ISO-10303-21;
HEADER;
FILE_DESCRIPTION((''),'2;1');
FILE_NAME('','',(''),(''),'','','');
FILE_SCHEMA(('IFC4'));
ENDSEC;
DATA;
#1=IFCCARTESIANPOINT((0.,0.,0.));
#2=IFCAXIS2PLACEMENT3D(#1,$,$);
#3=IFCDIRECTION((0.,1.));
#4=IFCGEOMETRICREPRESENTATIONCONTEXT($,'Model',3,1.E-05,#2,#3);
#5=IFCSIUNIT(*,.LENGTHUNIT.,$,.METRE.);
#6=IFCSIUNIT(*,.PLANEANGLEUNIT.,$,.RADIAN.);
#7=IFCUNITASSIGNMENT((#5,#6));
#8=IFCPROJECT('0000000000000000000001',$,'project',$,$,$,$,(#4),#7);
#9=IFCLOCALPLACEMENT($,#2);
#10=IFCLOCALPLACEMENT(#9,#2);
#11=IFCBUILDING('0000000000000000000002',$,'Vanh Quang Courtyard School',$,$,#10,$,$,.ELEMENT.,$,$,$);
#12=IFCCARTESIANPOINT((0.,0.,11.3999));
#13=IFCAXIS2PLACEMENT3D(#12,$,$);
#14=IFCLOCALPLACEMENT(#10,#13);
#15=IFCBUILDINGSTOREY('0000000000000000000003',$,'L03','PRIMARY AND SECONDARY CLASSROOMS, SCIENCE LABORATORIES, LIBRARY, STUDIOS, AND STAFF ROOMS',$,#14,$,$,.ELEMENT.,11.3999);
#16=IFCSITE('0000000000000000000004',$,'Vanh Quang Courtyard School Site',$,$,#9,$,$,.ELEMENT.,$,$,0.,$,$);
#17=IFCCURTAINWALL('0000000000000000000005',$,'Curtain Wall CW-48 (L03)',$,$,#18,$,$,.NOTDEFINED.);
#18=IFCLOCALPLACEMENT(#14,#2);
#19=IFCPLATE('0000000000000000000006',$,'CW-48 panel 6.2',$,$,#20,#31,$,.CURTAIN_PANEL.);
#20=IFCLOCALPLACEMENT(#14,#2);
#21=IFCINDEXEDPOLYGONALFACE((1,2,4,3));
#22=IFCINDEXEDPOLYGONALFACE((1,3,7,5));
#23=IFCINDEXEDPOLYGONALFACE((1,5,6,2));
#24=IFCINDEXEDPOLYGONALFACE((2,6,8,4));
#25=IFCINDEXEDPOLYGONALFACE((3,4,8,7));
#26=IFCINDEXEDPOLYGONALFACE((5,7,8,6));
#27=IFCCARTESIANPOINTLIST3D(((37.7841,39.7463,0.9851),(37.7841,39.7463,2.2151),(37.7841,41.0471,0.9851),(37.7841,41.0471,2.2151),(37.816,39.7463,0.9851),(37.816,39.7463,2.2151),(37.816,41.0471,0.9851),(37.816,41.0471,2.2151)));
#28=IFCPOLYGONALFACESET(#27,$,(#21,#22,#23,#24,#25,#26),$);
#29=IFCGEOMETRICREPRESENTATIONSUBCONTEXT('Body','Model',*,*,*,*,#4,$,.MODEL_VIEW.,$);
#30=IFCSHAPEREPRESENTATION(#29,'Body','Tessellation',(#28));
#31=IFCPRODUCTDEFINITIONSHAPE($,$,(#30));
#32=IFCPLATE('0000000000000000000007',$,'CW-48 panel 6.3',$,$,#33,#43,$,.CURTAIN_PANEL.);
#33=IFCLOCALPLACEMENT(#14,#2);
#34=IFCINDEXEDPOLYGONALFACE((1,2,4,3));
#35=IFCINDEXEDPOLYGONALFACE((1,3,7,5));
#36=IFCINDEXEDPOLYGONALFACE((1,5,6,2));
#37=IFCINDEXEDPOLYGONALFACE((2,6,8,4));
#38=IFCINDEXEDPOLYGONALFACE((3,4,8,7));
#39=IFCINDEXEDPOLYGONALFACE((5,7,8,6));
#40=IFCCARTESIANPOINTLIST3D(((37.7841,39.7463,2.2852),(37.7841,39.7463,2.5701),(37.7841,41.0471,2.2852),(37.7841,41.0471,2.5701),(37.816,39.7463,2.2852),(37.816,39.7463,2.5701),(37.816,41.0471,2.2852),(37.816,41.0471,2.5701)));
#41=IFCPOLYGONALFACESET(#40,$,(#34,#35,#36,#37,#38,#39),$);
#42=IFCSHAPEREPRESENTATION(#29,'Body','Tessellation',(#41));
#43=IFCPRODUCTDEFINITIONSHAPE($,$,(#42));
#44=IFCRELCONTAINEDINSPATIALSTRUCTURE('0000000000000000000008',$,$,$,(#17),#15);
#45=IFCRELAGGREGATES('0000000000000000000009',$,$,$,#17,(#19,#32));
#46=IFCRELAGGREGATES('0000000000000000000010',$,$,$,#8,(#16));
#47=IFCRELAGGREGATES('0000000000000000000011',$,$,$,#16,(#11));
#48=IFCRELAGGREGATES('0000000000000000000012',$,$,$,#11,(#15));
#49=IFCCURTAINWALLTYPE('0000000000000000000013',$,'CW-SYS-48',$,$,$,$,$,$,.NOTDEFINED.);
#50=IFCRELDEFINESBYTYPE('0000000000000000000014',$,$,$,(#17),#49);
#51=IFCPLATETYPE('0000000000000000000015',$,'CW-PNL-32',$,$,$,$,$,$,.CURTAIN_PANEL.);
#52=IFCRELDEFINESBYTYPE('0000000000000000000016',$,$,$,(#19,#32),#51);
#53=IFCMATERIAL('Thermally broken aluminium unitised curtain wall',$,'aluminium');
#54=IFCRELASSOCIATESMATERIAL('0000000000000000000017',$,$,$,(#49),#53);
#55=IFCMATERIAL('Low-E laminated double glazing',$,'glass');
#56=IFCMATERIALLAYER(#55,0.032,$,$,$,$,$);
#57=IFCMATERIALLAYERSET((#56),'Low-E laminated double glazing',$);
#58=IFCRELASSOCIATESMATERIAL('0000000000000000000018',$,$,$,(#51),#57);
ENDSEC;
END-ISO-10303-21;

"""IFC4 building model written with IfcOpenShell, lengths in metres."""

from ifc_helpers import new_model, si_unit, direction, frame, origin, origin_2d, place, context, subcontext, project, spatial, rectangle, extrude, material, layer, layer_set, type_object, element, aggregate, save


model = new_model("IFC4")

# Units and contexts
model_context = context("Model", 3, precision=1e-05, world=origin(), true_north=direction((0.0, 1.0)))
body_context = subcontext(model_context, "Body", "Model", "MODEL_VIEW")
ifc_project = project(units=[si_unit("LENGTHUNIT", "METRE"), si_unit("PLANEANGLEUNIT", "RADIAN")], contexts=[model_context])

# Site, building, storey
site_placement = place(None, origin())
site = spatial("IfcSite", under=ifc_project, at=site_placement, Name="Vanh Quang Courtyard School Site", CompositionType="ELEMENT", RefElevation=0.0)
building_placement = place(site_placement, origin())
building = spatial("IfcBuilding", under=site, at=building_placement, Name="Vanh Quang Courtyard School", CompositionType="ELEMENT")
storey_placement = place(building_placement, frame((0.0, 0.0, 11.3999)))
storey = spatial("IfcBuildingStorey", under=building, at=storey_placement, Name="L03", Description="PRIMARY AND SECONDARY CLASSROOMS, SCIENCE LABORATORIES, LIBRARY, STUDIOS, AND STAFF ROOMS", CompositionType="ELEMENT", Elevation=11.3999)

# Curtain wall
ifc_material_1 = material(Name="Thermally broken aluminium unitised curtain wall", Category="aluminium")
curtain_wall_type = type_object("IfcCurtainWallType", Name="CW-SYS-48", PredefinedType="NOTDEFINED", material=ifc_material_1)
curtain_wall_placement = place(storey_placement, origin())
curtain_wall = element("IfcCurtainWall", 1, at=curtain_wall_placement, inside=storey, type_object=curtain_wall_type, Name="Curtain Wall CW-48 (L03)", PredefinedType="NOTDEFINED")

# Plates
ifc_material_2 = material(Name="Low-E laminated double glazing", Category="glass")
ifc_layer = layer(ifc_material_2, 0.032)
ifc_layer_set = layer_set([ifc_layer], Name="Low-E laminated double glazing")
plate_type = type_object("IfcPlateType", Name="CW-PNL-32", PredefinedType="CURTAIN_PANEL", material=ifc_layer_set)
plate_1_placement = place(storey_placement, frame((37.8, 40.3967, 0.9851), z_axis=(0.0, 0.0, 1.0), x_axis=(0.0, 1.0, 0.0)))
plate_1 = element("IfcPlate", 2, at=plate_1_placement, type_object=plate_type, Name="CW-48 panel 6.2", PredefinedType="CURTAIN_PANEL", context=body_context, shape_type="SweptSolid", body=[
    extrude(rectangle(XDim=1.3008, YDim=0.032, at=origin_2d()), origin(), (0.0, 0.0, 1.0), 1.23),
])
plate_2_placement = place(storey_placement, frame((37.8, 40.3967, 2.2852), z_axis=(0.0, 0.0, 1.0), x_axis=(0.0, 1.0, 0.0)))
plate_2 = element("IfcPlate", 3, at=plate_2_placement, type_object=plate_type, Name="CW-48 panel 6.3", PredefinedType="CURTAIN_PANEL", context=body_context, shape_type="SweptSolid", body=[
    extrude(rectangle(XDim=1.3008, YDim=0.032, at=origin_2d()), origin(), (0.0, 0.0, 1.0), 0.2849),
])
aggregate(curtain_wall, [plate_1, plate_2])

save(model, "model.ifc")
